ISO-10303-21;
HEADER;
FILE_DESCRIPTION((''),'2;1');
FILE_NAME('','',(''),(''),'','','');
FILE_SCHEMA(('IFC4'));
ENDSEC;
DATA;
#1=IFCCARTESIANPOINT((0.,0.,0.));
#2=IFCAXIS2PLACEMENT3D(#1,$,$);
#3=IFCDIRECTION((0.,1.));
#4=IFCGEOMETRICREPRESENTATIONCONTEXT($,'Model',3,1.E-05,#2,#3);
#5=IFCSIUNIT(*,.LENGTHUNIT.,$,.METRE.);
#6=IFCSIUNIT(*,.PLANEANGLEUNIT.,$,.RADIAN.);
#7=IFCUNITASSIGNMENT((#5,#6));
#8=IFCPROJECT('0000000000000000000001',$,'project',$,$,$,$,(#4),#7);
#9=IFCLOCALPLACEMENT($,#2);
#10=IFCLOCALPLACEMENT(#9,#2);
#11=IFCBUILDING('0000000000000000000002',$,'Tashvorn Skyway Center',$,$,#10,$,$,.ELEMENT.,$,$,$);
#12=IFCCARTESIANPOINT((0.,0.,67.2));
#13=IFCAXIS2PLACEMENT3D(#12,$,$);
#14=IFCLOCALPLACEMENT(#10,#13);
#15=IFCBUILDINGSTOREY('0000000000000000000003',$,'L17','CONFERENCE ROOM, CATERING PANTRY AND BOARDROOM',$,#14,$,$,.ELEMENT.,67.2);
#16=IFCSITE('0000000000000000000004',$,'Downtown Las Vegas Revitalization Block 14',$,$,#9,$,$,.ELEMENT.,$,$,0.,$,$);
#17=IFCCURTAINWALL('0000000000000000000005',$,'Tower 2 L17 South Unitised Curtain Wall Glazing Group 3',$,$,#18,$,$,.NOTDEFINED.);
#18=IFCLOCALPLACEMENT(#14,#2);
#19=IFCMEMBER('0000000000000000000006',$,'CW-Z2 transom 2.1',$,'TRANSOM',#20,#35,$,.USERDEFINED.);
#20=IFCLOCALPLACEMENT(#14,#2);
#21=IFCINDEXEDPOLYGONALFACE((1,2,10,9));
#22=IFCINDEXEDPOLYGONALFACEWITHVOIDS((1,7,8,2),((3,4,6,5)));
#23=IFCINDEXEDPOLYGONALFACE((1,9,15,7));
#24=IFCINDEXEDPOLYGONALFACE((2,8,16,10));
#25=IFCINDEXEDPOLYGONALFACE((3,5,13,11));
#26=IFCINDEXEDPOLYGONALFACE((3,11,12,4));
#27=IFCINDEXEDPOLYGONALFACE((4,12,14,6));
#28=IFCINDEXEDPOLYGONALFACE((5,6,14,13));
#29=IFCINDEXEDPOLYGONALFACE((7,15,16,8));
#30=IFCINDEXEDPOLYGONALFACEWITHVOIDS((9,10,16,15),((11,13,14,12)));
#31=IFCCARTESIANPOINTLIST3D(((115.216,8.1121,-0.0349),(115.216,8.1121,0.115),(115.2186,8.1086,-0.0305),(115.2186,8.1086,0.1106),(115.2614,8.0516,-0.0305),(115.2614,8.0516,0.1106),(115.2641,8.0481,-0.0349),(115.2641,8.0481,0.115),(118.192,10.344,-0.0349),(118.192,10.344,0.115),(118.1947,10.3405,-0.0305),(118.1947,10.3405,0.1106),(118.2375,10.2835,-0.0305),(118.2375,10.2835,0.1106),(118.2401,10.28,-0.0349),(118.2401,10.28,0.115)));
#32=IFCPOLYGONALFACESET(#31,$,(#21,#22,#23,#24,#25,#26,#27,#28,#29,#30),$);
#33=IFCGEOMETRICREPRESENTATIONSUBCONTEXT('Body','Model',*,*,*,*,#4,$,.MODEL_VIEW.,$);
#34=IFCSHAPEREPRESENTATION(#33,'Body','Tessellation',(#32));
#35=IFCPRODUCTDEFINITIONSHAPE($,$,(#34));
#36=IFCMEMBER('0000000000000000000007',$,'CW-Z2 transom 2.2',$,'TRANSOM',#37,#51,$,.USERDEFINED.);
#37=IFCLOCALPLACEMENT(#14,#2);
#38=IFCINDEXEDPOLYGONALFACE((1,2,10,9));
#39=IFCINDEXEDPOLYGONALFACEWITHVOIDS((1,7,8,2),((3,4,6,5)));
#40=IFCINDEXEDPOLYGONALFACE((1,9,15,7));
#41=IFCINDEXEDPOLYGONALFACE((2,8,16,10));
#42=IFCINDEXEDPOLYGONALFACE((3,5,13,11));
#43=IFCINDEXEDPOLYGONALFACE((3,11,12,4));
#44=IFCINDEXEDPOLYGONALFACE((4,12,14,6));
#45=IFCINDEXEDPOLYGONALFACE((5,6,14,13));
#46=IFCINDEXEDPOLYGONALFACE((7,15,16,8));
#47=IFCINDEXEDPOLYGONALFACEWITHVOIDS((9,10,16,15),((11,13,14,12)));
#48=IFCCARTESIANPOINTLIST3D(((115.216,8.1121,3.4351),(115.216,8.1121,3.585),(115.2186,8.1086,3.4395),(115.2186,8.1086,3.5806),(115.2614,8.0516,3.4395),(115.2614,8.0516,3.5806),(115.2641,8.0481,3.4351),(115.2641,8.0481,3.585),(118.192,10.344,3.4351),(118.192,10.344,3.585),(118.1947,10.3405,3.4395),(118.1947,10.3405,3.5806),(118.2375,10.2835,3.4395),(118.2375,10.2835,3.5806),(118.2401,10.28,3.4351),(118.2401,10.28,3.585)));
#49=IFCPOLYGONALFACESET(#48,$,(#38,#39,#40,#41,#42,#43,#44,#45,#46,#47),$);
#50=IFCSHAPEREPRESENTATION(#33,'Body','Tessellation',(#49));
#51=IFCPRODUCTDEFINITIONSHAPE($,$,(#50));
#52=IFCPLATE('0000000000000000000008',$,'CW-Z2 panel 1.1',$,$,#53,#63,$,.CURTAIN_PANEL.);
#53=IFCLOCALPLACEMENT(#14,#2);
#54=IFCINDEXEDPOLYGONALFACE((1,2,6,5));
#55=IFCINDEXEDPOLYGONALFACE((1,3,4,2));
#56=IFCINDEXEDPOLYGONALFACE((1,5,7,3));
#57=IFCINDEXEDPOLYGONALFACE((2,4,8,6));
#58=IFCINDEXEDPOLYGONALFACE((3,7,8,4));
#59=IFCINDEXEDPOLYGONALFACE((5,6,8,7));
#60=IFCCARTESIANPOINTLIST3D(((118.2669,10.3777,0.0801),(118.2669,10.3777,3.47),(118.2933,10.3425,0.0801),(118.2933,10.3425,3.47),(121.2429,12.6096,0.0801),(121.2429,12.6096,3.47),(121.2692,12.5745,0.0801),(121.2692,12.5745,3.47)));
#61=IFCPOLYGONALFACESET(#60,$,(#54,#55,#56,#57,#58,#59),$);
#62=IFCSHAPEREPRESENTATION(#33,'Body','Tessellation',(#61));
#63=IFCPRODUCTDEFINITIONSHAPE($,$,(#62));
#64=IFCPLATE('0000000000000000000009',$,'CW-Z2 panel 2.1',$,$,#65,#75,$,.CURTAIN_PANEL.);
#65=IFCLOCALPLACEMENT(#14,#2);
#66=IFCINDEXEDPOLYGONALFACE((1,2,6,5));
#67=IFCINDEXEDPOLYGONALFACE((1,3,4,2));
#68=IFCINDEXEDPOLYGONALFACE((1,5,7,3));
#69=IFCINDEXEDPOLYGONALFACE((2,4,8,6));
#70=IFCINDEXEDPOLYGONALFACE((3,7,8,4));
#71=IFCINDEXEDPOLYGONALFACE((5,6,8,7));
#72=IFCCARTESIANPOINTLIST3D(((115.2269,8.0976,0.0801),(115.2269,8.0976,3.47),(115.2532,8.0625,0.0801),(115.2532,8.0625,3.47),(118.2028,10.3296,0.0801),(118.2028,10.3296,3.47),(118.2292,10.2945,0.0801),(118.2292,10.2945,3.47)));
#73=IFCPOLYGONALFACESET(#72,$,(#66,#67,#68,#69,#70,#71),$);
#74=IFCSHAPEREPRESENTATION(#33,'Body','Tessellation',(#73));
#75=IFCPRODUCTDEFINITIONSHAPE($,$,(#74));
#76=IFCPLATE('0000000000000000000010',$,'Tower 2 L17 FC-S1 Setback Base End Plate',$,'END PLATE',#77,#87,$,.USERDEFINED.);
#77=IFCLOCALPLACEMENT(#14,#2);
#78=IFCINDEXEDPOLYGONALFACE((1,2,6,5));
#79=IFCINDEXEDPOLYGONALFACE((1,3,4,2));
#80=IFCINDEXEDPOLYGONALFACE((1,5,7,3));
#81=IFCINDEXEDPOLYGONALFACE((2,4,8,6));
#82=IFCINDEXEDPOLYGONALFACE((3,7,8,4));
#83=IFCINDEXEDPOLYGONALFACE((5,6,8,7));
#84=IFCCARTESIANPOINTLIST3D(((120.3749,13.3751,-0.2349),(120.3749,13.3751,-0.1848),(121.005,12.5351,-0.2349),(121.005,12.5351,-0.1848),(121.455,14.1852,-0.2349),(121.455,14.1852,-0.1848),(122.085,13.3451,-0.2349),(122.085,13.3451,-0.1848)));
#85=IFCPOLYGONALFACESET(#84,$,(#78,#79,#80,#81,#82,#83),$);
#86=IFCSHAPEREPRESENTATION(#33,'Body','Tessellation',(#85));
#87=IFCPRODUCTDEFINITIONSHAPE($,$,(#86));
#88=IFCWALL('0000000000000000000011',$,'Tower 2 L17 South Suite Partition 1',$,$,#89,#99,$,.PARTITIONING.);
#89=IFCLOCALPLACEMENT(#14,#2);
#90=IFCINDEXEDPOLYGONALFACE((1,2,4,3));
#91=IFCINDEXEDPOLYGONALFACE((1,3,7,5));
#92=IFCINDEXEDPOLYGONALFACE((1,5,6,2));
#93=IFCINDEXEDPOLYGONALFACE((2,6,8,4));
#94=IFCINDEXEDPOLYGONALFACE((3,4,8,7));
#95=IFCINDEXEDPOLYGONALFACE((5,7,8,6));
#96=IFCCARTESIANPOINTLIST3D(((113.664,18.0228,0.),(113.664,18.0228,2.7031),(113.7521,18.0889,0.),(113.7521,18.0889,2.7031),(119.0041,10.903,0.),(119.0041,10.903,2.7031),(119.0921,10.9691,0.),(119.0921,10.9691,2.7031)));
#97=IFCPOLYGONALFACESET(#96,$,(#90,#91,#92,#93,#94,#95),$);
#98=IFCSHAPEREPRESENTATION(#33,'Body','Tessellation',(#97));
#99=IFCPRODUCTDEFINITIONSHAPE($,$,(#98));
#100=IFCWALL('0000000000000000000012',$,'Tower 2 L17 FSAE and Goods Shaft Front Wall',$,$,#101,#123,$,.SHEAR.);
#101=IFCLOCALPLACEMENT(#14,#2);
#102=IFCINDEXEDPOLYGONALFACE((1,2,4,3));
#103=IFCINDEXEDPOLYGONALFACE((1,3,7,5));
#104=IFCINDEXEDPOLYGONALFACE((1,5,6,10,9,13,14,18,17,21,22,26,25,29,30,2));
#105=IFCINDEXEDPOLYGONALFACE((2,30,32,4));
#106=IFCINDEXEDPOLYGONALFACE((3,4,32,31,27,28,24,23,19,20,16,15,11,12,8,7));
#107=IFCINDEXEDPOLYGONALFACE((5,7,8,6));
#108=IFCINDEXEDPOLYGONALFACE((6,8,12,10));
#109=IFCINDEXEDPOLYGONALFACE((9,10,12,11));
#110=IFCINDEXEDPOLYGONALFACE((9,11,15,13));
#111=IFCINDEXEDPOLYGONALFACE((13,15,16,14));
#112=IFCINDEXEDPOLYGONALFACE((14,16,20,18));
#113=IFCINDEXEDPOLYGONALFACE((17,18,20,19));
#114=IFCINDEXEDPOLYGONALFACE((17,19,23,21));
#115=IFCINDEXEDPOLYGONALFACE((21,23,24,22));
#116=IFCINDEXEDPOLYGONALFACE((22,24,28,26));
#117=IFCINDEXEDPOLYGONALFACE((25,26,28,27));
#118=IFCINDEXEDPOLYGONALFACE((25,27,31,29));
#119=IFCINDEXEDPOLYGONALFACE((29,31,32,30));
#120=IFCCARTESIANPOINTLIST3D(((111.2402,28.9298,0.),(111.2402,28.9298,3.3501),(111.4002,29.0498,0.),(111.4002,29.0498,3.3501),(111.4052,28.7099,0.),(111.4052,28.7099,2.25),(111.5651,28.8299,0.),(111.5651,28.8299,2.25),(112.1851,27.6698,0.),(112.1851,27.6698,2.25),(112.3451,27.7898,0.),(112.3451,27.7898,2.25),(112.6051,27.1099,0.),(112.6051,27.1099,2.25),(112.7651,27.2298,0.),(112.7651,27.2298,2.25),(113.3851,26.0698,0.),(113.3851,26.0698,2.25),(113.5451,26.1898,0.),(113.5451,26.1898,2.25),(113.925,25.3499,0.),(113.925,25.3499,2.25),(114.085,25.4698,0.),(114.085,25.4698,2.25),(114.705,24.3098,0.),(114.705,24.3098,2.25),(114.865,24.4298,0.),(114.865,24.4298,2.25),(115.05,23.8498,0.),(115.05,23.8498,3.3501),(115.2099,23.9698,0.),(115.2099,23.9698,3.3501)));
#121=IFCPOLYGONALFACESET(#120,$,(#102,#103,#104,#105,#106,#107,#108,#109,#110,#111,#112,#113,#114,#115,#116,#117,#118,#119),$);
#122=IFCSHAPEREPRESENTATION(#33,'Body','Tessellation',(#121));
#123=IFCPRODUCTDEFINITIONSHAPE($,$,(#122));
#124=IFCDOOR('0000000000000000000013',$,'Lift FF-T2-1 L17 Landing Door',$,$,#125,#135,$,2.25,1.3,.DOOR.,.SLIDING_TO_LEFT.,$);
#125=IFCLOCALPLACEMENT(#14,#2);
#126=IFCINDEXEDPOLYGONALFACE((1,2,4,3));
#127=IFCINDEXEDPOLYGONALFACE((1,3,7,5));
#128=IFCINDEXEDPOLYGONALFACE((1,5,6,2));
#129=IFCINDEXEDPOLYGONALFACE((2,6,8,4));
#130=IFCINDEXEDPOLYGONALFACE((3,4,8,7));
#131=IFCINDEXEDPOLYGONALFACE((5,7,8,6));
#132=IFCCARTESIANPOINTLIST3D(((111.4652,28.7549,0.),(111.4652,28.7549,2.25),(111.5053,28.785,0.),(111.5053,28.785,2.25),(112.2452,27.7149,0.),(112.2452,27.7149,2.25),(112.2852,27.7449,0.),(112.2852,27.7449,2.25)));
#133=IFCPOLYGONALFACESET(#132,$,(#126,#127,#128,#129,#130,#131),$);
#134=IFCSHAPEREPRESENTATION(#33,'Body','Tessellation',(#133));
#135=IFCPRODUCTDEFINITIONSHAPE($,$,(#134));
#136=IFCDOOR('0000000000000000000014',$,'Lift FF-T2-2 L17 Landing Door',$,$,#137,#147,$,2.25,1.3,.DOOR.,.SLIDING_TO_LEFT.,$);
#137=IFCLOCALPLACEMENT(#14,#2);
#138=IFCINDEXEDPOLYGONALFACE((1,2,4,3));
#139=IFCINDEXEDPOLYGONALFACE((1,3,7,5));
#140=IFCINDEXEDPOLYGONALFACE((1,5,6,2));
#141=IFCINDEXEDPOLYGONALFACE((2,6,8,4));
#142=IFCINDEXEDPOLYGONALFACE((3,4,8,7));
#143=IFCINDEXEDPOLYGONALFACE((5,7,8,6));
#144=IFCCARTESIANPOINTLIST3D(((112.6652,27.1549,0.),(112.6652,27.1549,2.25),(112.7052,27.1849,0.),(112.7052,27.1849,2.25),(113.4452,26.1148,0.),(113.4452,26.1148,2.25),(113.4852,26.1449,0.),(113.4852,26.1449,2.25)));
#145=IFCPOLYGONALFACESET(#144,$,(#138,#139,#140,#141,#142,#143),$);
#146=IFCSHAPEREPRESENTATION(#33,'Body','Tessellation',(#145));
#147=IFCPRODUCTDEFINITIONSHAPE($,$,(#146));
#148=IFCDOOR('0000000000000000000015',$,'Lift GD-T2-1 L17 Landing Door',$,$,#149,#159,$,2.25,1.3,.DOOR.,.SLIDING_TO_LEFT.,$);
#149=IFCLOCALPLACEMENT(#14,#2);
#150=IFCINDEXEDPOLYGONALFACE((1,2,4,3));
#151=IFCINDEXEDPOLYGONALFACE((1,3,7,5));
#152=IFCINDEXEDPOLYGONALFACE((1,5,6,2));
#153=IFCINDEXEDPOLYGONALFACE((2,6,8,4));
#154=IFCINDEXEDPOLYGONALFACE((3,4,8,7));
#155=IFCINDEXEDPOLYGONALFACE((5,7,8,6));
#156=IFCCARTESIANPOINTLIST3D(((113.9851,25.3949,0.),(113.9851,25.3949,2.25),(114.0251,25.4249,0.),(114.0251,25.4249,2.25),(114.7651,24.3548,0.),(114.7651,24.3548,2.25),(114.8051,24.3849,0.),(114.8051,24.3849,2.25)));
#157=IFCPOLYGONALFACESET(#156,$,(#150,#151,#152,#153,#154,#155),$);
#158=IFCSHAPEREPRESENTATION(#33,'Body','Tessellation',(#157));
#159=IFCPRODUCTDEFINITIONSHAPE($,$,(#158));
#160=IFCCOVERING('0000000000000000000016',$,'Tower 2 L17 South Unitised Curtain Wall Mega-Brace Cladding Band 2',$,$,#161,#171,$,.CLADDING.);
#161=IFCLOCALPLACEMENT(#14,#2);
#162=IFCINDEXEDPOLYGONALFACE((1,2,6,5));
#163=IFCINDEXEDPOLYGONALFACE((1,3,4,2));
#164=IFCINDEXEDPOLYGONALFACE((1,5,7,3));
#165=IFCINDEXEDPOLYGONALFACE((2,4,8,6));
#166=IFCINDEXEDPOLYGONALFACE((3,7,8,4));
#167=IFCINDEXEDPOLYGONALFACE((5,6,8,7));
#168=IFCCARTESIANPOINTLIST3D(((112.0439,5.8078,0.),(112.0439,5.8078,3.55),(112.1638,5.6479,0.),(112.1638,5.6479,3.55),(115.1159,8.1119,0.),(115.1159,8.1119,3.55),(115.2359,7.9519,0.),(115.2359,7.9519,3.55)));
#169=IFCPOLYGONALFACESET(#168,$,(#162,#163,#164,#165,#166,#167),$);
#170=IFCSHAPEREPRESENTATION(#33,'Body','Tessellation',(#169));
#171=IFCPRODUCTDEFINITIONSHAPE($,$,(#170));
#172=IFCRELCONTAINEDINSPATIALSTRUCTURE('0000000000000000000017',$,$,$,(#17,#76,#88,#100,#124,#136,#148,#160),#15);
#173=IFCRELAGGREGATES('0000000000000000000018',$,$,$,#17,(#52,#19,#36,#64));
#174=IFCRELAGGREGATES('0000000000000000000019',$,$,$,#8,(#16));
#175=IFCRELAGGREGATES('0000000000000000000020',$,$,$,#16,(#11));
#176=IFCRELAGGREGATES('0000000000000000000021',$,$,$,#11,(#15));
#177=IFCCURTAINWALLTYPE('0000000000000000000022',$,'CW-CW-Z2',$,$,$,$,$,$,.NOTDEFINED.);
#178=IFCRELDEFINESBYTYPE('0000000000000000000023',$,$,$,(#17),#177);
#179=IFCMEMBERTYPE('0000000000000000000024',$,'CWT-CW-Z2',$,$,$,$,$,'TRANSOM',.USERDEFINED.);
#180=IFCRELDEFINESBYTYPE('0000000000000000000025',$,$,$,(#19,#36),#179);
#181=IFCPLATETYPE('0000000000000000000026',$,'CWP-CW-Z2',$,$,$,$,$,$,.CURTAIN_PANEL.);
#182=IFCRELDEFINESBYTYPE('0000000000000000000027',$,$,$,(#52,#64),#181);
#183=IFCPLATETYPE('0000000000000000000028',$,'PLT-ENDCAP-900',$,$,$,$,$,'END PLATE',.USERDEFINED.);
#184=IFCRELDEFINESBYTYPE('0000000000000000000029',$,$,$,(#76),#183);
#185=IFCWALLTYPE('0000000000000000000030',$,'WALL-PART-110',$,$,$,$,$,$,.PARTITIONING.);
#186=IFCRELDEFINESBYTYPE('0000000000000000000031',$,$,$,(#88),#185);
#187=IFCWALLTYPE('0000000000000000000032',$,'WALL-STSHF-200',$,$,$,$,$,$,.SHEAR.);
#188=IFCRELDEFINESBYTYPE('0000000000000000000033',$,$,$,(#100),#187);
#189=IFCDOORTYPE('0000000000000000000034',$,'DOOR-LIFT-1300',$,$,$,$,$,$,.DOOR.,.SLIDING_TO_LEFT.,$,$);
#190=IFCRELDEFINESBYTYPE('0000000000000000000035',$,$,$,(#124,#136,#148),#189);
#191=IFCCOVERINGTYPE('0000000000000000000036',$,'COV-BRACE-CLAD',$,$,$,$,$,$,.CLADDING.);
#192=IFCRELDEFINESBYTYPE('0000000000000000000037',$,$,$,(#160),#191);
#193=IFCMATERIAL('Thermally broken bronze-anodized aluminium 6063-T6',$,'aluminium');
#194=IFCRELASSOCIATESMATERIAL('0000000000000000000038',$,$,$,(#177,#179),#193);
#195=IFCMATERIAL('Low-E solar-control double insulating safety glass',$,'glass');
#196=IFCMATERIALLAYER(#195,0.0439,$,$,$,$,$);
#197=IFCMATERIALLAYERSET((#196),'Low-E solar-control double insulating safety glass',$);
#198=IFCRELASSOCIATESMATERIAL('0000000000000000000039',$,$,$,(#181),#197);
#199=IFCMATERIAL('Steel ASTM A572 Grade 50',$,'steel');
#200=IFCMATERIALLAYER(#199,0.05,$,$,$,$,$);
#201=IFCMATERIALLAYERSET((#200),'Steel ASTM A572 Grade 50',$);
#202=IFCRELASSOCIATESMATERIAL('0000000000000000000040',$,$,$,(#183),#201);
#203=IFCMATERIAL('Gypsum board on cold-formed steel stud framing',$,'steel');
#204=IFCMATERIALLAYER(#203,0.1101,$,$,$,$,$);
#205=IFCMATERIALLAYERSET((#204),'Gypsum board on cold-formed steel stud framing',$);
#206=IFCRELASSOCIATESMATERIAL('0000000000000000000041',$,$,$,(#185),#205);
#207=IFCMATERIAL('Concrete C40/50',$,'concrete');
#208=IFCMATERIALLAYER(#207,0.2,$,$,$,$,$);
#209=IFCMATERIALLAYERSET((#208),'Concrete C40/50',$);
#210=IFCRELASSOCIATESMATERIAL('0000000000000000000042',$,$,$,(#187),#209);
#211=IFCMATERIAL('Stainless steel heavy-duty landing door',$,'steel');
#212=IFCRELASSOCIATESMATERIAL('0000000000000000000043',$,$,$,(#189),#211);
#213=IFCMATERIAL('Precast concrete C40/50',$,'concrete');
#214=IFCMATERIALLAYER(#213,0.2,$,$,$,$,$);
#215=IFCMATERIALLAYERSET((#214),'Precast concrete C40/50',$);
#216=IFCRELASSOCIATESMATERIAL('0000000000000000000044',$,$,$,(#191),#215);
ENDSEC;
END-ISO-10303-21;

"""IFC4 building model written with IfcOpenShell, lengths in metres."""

from ifc_helpers import new_model, si_unit, direction, frame, frame_2d, origin, origin_2d, place, context, subcontext, project, spatial, rectangle, hollow_rectangle, extrude, material, layer, layer_set, material_profile, profile_set, type_object, element, fill, aggregate, save


model = new_model("IFC4")

# Units and contexts
model_context = context("Model", 3, precision=1e-05, world=origin(), true_north=direction((0.0, 1.0)))
body_context = subcontext(model_context, "Body", "Model", "MODEL_VIEW")
ifc_project = project(units=[si_unit("LENGTHUNIT", "METRE"), si_unit("PLANEANGLEUNIT", "RADIAN")], contexts=[model_context])

# Site, building, storey
site_placement = place(None, origin())
site = spatial("IfcSite", under=ifc_project, at=site_placement, Name="Downtown Las Vegas Revitalization Block 14", CompositionType="ELEMENT", RefElevation=0.0)
building_placement = place(site_placement, origin())
building = spatial("IfcBuilding", under=site, at=building_placement, Name="Tashvorn Skyway Center", CompositionType="ELEMENT")
storey_placement = place(building_placement, frame((0.0, 0.0, 67.2)))
storey = spatial("IfcBuildingStorey", under=building, at=storey_placement, Name="L17", Description="CONFERENCE ROOM, CATERING PANTRY AND BOARDROOM", CompositionType="ELEMENT", Elevation=67.2)

# Shared definitions
ifc_material_1 = material(Name="Steel ASTM A572 Grade 50", Category="steel")

# Shared definitions
ifc_material_2 = material(Name="Thermally broken bronze-anodized aluminium 6063-T6", Category="aluminium")
curtain_wall_type = type_object("IfcCurtainWallType", Name="CW-CW-Z2", PredefinedType="NOTDEFINED", material=ifc_material_2)

# Curtain wall, members, plates
curtain_wall_1_placement = place(storey_placement, origin())
curtain_wall_1 = element("IfcCurtainWall", 1, at=curtain_wall_1_placement, inside=storey, type_object=curtain_wall_type, Name="Tower 2 L17 South Unitised Curtain Wall Glazing Group 3", PredefinedType="NOTDEFINED")
ifc_material_profile_1 = material_profile(ifc_material_2, hollow_rectangle(XDim=0.0801, YDim=0.1499, WallThickness=0.0044, at=origin_2d()), Name="ALU-TRAN-80x150")
ifc_profile_set_1 = profile_set([ifc_material_profile_1], Name="Thermally broken bronze-anodized aluminium 6063-T6")
member_type_1 = type_object("IfcMemberType", Name="CWT-CW-Z2", ElementType="TRANSOM", PredefinedType="USERDEFINED", material=ifc_profile_set_1)
member_1_placement = place(storey_placement, frame((118.2161, 10.312, 0.04), z_axis=(-0.800016, -0.599979, 0.0), x_axis=(0.599979, -0.800016, 0.0)))
member_1 = element("IfcMember", 2, at=member_1_placement, type_object=member_type_1, Name="CW-Z2 transom 2.1", ObjectType="TRANSOM", PredefinedType="USERDEFINED", context=body_context, shape_type="SweptSolid", body=[
    extrude(hollow_rectangle(XDim=0.0801, YDim=0.1499, WallThickness=0.0044, at=origin_2d()), origin(), (0.0, 0.0, 1.0), 3.72),
])
member_2_placement = place(storey_placement, frame((118.2161, 10.312, 3.51), z_axis=(-0.800016, -0.599979, 0.0), x_axis=(0.599979, -0.800016, 0.0)))
member_2 = element("IfcMember", 3, at=member_2_placement, type_object=member_type_1, Name="CW-Z2 transom 2.2", ObjectType="TRANSOM", PredefinedType="USERDEFINED", context=body_context, shape_type="SweptSolid", body=[
    extrude(hollow_rectangle(XDim=0.0801, YDim=0.1499, WallThickness=0.0044, at=origin_2d()), origin(), (0.0, 0.0, 1.0), 3.72),
])
ifc_material_3 = material(Name="Low-E solar-control double insulating safety glass", Category="glass")
ifc_layer_1 = layer(ifc_material_3, 0.0439)
ifc_layer_set_1 = layer_set([ifc_layer_1], Name="Low-E solar-control double insulating safety glass")
plate_type_1 = type_object("IfcPlateType", Name="CWP-CW-Z2", PredefinedType="CURTAIN_PANEL", material=ifc_layer_set_1)
plate_1_placement = place(storey_placement, frame((119.7681, 11.4761, 0.0801), z_axis=(0.0, 0.0, 1.0), x_axis=(-0.8, -0.6, 0.0)))
plate_1 = element("IfcPlate", 4, at=plate_1_placement, type_object=plate_type_1, Name="CW-Z2 panel 1.1", PredefinedType="CURTAIN_PANEL", context=body_context, shape_type="SweptSolid", body=[
    extrude(rectangle(XDim=3.72, YDim=0.0439, at=origin_2d()), origin(), (0.0, 0.0, 1.0), 3.3899),
])
plate_2_placement = place(storey_placement, frame((116.728, 9.196, 0.0801), z_axis=(0.0, 0.0, 1.0), x_axis=(-0.8, -0.6, 0.0)))
plate_2 = element("IfcPlate", 5, at=plate_2_placement, type_object=plate_type_1, Name="CW-Z2 panel 2.1", PredefinedType="CURTAIN_PANEL", context=body_context, shape_type="SweptSolid", body=[
    extrude(rectangle(XDim=3.72, YDim=0.0439, at=origin_2d()), origin(), (0.0, 0.0, 1.0), 3.3899),
])
aggregate(curtain_wall_1, [plate_1, member_1, member_2, plate_2])

# Plate
ifc_layer_2 = layer(ifc_material_1, 0.05)
ifc_layer_set_2 = layer_set([ifc_layer_2], Name="Steel ASTM A572 Grade 50")
plate_type_2 = type_object("IfcPlateType", Name="PLT-ENDCAP-900", ElementType="END PLATE", PredefinedType="USERDEFINED", material=ifc_layer_set_2)
plate_3_placement = place(storey_placement, frame((121.23, 13.3601, -0.2349), z_axis=(0.0, 0.0, 1.0), x_axis=(0.8, 0.6, 0.0)))
element("IfcPlate", 6, at=plate_3_placement, inside=storey, type_object=plate_type_2, Name="Tower 2 L17 FC-S1 Setback Base End Plate", ObjectType="END PLATE", PredefinedType="USERDEFINED", context=body_context, shape_type="SweptSolid", body=[
    extrude(rectangle(XDim=1.3501, YDim=1.05, at=origin_2d()), origin(), (0.0, 0.0, 1.0), 0.05),
])

# Wall
ifc_material_4 = material(Name="Gypsum board on cold-formed steel stud framing", Category="steel")
ifc_layer_3 = layer(ifc_material_4, 0.1101)
ifc_layer_set_3 = layer_set([ifc_layer_3], Name="Gypsum board on cold-formed steel stud framing")
wall_type_1 = type_object("IfcWallType", Name="WALL-PART-110", PredefinedType="PARTITIONING", material=ifc_layer_set_3)
wall_1_placement = place(storey_placement, frame((119.0481, 10.936, 0.0), z_axis=(0.0, 0.0, 1.0), x_axis=(-0.600013, 0.79999, 0.0)))
element("IfcWall", 7, at=wall_1_placement, inside=storey, type_object=wall_type_1, Name="Tower 2 L17 South Suite Partition 1", PredefinedType="PARTITIONING", context=body_context, shape_type="SweptSolid", body=[
    extrude(rectangle(XDim=8.8999, YDim=0.1101, at=frame_2d((4.45, 0.0))), origin(), (0.0, 0.0, 1.0), 2.7031),
])

# Wall, openings, doors
ifc_material_5 = material(Name="Concrete C40/50", Category="concrete")
ifc_layer_4 = layer(ifc_material_5, 0.2)
ifc_layer_set_4 = layer_set([ifc_layer_4], Name="Concrete C40/50")
wall_type_2 = type_object("IfcWallType", Name="WALL-STSHF-200", PredefinedType="SHEAR", material=ifc_layer_set_4)
wall_2_placement = place(storey_placement, frame((115.1299, 23.9099, 0.0), z_axis=(0.0, 0.0, 1.0), x_axis=(-0.599975, 0.800018, 0.0)))
wall_2 = element("IfcWall", 8, at=wall_2_placement, inside=storey, type_object=wall_type_2, Name="Tower 2 L17 FSAE and Goods Shaft Front Wall", PredefinedType="SHEAR", context=body_context, shape_type="SweptSolid", body=[
    extrude(rectangle(XDim=6.3499, YDim=0.2, at=frame_2d((3.1748, 0.0))), origin(), (0.0, 0.0, 1.0), 3.3501),
])
opening_1_placement = place(wall_2_placement, frame((4.7749, 0.0, 0.0)))
opening_1 = element("IfcOpeningElement", 9, at=opening_1_placement, cuts=wall_2, PredefinedType="OPENING", context=body_context, shape_type="SweptSolid", body=[
    extrude(rectangle(XDim=1.3, YDim=2.25, at=frame_2d((0.6499, 1.125))), frame((0.0, 0.1099, 0.0), z_axis=(0.0, -1.0, 0.0), x_axis=(1.0, 0.0, 0.0)), (0.0, 0.0, 1.0), 0.22),
])
opening_2_placement = place(wall_2_placement, frame((2.7749, 0.0, 0.0)))
opening_2 = element("IfcOpeningElement", 10, at=opening_2_placement, cuts=wall_2, PredefinedType="OPENING", context=body_context, shape_type="SweptSolid", body=[
    extrude(rectangle(XDim=1.3, YDim=2.25, at=frame_2d((0.6499, 1.125))), frame((0.0, 0.1099, 0.0), z_axis=(0.0, -1.0, 0.0), x_axis=(1.0, 0.0, 0.0)), (0.0, 0.0, 1.0), 0.22),
])
opening_3_placement = place(wall_2_placement, frame((0.575, 0.0, 0.0)))
opening_3 = element("IfcOpeningElement", 11, at=opening_3_placement, cuts=wall_2, PredefinedType="OPENING", context=body_context, shape_type="SweptSolid", body=[
    extrude(rectangle(XDim=1.3, YDim=2.25, at=frame_2d((0.6499, 1.125))), frame((0.0, 0.1099, 0.0), z_axis=(0.0, -1.0, 0.0), x_axis=(1.0, 0.0, 0.0)), (0.0, 0.0, 1.0), 0.22),
])
ifc_material_6 = material(Name="Stainless steel heavy-duty landing door", Category="steel")
door_type = type_object("IfcDoorType", Name="DOOR-LIFT-1300", OperationType="SLIDING_TO_LEFT", PredefinedType="DOOR", material=ifc_material_6)
door_1_placement = place(opening_1_placement, origin())
door_1 = element("IfcDoor", 12, at=door_1_placement, inside=storey, type_object=door_type, Name="Lift FF-T2-1 L17 Landing Door", OperationType="SLIDING_TO_LEFT", OverallHeight=2.25, OverallWidth=1.3, PredefinedType="DOOR", context=body_context, shape_type="SweptSolid", body=[
    extrude(rectangle(XDim=1.3, YDim=2.25, at=frame_2d((0.6499, 1.125))), frame((0.0, 0.0249, 0.0), z_axis=(0.0, -1.0, 0.0), x_axis=(1.0, 0.0, 0.0)), (0.0, 0.0, 1.0), 0.05),
])
fill(opening_1, door_1)
door_2_placement = place(opening_2_placement, origin())
door_2 = element("IfcDoor", 13, at=door_2_placement, inside=storey, type_object=door_type, Name="Lift FF-T2-2 L17 Landing Door", OperationType="SLIDING_TO_LEFT", OverallHeight=2.25, OverallWidth=1.3, PredefinedType="DOOR", context=body_context, shape_type="SweptSolid", body=[
    extrude(rectangle(XDim=1.3, YDim=2.25, at=frame_2d((0.6499, 1.125))), frame((0.0, 0.0249, 0.0), z_axis=(0.0, -1.0, 0.0), x_axis=(1.0, 0.0, 0.0)), (0.0, 0.0, 1.0), 0.05),
])
fill(opening_2, door_2)
door_3_placement = place(opening_3_placement, origin())
door_3 = element("IfcDoor", 14, at=door_3_placement, inside=storey, type_object=door_type, Name="Lift GD-T2-1 L17 Landing Door", OperationType="SLIDING_TO_LEFT", OverallHeight=2.25, OverallWidth=1.3, PredefinedType="DOOR", context=body_context, shape_type="SweptSolid", body=[
    extrude(rectangle(XDim=1.3, YDim=2.25, at=frame_2d((0.6499, 1.125))), frame((0.0, 0.0249, 0.0), z_axis=(0.0, -1.0, 0.0), x_axis=(1.0, 0.0, 0.0)), (0.0, 0.0, 1.0), 0.05),
])
fill(opening_3, door_3)

# Covering
ifc_material_7 = material(Name="Precast concrete C40/50", Category="concrete")
ifc_layer_5 = layer(ifc_material_7, 0.2)
ifc_layer_set_5 = layer_set([ifc_layer_5], Name="Precast concrete C40/50")
covering_type = type_object("IfcCoveringType", Name="COV-BRACE-CLAD", PredefinedType="CLADDING", material=ifc_layer_set_5)
covering_placement = place(storey_placement, frame((113.6399, 6.8799, 0.0), z_axis=(0.0, 0.0, 1.0), x_axis=(-0.8, -0.6, 0.0)))
element("IfcCovering", 15, at=covering_placement, inside=storey, type_object=covering_type, Name="Tower 2 L17 South Unitised Curtain Wall Mega-Brace Cladding Band 2", PredefinedType="CLADDING", context=body_context, shape_type="SweptSolid", body=[
    extrude(rectangle(XDim=3.8401, YDim=0.2, at=origin_2d()), origin(), (0.0, 0.0, 1.0), 3.55),
])

save(model, "model.ifc")
